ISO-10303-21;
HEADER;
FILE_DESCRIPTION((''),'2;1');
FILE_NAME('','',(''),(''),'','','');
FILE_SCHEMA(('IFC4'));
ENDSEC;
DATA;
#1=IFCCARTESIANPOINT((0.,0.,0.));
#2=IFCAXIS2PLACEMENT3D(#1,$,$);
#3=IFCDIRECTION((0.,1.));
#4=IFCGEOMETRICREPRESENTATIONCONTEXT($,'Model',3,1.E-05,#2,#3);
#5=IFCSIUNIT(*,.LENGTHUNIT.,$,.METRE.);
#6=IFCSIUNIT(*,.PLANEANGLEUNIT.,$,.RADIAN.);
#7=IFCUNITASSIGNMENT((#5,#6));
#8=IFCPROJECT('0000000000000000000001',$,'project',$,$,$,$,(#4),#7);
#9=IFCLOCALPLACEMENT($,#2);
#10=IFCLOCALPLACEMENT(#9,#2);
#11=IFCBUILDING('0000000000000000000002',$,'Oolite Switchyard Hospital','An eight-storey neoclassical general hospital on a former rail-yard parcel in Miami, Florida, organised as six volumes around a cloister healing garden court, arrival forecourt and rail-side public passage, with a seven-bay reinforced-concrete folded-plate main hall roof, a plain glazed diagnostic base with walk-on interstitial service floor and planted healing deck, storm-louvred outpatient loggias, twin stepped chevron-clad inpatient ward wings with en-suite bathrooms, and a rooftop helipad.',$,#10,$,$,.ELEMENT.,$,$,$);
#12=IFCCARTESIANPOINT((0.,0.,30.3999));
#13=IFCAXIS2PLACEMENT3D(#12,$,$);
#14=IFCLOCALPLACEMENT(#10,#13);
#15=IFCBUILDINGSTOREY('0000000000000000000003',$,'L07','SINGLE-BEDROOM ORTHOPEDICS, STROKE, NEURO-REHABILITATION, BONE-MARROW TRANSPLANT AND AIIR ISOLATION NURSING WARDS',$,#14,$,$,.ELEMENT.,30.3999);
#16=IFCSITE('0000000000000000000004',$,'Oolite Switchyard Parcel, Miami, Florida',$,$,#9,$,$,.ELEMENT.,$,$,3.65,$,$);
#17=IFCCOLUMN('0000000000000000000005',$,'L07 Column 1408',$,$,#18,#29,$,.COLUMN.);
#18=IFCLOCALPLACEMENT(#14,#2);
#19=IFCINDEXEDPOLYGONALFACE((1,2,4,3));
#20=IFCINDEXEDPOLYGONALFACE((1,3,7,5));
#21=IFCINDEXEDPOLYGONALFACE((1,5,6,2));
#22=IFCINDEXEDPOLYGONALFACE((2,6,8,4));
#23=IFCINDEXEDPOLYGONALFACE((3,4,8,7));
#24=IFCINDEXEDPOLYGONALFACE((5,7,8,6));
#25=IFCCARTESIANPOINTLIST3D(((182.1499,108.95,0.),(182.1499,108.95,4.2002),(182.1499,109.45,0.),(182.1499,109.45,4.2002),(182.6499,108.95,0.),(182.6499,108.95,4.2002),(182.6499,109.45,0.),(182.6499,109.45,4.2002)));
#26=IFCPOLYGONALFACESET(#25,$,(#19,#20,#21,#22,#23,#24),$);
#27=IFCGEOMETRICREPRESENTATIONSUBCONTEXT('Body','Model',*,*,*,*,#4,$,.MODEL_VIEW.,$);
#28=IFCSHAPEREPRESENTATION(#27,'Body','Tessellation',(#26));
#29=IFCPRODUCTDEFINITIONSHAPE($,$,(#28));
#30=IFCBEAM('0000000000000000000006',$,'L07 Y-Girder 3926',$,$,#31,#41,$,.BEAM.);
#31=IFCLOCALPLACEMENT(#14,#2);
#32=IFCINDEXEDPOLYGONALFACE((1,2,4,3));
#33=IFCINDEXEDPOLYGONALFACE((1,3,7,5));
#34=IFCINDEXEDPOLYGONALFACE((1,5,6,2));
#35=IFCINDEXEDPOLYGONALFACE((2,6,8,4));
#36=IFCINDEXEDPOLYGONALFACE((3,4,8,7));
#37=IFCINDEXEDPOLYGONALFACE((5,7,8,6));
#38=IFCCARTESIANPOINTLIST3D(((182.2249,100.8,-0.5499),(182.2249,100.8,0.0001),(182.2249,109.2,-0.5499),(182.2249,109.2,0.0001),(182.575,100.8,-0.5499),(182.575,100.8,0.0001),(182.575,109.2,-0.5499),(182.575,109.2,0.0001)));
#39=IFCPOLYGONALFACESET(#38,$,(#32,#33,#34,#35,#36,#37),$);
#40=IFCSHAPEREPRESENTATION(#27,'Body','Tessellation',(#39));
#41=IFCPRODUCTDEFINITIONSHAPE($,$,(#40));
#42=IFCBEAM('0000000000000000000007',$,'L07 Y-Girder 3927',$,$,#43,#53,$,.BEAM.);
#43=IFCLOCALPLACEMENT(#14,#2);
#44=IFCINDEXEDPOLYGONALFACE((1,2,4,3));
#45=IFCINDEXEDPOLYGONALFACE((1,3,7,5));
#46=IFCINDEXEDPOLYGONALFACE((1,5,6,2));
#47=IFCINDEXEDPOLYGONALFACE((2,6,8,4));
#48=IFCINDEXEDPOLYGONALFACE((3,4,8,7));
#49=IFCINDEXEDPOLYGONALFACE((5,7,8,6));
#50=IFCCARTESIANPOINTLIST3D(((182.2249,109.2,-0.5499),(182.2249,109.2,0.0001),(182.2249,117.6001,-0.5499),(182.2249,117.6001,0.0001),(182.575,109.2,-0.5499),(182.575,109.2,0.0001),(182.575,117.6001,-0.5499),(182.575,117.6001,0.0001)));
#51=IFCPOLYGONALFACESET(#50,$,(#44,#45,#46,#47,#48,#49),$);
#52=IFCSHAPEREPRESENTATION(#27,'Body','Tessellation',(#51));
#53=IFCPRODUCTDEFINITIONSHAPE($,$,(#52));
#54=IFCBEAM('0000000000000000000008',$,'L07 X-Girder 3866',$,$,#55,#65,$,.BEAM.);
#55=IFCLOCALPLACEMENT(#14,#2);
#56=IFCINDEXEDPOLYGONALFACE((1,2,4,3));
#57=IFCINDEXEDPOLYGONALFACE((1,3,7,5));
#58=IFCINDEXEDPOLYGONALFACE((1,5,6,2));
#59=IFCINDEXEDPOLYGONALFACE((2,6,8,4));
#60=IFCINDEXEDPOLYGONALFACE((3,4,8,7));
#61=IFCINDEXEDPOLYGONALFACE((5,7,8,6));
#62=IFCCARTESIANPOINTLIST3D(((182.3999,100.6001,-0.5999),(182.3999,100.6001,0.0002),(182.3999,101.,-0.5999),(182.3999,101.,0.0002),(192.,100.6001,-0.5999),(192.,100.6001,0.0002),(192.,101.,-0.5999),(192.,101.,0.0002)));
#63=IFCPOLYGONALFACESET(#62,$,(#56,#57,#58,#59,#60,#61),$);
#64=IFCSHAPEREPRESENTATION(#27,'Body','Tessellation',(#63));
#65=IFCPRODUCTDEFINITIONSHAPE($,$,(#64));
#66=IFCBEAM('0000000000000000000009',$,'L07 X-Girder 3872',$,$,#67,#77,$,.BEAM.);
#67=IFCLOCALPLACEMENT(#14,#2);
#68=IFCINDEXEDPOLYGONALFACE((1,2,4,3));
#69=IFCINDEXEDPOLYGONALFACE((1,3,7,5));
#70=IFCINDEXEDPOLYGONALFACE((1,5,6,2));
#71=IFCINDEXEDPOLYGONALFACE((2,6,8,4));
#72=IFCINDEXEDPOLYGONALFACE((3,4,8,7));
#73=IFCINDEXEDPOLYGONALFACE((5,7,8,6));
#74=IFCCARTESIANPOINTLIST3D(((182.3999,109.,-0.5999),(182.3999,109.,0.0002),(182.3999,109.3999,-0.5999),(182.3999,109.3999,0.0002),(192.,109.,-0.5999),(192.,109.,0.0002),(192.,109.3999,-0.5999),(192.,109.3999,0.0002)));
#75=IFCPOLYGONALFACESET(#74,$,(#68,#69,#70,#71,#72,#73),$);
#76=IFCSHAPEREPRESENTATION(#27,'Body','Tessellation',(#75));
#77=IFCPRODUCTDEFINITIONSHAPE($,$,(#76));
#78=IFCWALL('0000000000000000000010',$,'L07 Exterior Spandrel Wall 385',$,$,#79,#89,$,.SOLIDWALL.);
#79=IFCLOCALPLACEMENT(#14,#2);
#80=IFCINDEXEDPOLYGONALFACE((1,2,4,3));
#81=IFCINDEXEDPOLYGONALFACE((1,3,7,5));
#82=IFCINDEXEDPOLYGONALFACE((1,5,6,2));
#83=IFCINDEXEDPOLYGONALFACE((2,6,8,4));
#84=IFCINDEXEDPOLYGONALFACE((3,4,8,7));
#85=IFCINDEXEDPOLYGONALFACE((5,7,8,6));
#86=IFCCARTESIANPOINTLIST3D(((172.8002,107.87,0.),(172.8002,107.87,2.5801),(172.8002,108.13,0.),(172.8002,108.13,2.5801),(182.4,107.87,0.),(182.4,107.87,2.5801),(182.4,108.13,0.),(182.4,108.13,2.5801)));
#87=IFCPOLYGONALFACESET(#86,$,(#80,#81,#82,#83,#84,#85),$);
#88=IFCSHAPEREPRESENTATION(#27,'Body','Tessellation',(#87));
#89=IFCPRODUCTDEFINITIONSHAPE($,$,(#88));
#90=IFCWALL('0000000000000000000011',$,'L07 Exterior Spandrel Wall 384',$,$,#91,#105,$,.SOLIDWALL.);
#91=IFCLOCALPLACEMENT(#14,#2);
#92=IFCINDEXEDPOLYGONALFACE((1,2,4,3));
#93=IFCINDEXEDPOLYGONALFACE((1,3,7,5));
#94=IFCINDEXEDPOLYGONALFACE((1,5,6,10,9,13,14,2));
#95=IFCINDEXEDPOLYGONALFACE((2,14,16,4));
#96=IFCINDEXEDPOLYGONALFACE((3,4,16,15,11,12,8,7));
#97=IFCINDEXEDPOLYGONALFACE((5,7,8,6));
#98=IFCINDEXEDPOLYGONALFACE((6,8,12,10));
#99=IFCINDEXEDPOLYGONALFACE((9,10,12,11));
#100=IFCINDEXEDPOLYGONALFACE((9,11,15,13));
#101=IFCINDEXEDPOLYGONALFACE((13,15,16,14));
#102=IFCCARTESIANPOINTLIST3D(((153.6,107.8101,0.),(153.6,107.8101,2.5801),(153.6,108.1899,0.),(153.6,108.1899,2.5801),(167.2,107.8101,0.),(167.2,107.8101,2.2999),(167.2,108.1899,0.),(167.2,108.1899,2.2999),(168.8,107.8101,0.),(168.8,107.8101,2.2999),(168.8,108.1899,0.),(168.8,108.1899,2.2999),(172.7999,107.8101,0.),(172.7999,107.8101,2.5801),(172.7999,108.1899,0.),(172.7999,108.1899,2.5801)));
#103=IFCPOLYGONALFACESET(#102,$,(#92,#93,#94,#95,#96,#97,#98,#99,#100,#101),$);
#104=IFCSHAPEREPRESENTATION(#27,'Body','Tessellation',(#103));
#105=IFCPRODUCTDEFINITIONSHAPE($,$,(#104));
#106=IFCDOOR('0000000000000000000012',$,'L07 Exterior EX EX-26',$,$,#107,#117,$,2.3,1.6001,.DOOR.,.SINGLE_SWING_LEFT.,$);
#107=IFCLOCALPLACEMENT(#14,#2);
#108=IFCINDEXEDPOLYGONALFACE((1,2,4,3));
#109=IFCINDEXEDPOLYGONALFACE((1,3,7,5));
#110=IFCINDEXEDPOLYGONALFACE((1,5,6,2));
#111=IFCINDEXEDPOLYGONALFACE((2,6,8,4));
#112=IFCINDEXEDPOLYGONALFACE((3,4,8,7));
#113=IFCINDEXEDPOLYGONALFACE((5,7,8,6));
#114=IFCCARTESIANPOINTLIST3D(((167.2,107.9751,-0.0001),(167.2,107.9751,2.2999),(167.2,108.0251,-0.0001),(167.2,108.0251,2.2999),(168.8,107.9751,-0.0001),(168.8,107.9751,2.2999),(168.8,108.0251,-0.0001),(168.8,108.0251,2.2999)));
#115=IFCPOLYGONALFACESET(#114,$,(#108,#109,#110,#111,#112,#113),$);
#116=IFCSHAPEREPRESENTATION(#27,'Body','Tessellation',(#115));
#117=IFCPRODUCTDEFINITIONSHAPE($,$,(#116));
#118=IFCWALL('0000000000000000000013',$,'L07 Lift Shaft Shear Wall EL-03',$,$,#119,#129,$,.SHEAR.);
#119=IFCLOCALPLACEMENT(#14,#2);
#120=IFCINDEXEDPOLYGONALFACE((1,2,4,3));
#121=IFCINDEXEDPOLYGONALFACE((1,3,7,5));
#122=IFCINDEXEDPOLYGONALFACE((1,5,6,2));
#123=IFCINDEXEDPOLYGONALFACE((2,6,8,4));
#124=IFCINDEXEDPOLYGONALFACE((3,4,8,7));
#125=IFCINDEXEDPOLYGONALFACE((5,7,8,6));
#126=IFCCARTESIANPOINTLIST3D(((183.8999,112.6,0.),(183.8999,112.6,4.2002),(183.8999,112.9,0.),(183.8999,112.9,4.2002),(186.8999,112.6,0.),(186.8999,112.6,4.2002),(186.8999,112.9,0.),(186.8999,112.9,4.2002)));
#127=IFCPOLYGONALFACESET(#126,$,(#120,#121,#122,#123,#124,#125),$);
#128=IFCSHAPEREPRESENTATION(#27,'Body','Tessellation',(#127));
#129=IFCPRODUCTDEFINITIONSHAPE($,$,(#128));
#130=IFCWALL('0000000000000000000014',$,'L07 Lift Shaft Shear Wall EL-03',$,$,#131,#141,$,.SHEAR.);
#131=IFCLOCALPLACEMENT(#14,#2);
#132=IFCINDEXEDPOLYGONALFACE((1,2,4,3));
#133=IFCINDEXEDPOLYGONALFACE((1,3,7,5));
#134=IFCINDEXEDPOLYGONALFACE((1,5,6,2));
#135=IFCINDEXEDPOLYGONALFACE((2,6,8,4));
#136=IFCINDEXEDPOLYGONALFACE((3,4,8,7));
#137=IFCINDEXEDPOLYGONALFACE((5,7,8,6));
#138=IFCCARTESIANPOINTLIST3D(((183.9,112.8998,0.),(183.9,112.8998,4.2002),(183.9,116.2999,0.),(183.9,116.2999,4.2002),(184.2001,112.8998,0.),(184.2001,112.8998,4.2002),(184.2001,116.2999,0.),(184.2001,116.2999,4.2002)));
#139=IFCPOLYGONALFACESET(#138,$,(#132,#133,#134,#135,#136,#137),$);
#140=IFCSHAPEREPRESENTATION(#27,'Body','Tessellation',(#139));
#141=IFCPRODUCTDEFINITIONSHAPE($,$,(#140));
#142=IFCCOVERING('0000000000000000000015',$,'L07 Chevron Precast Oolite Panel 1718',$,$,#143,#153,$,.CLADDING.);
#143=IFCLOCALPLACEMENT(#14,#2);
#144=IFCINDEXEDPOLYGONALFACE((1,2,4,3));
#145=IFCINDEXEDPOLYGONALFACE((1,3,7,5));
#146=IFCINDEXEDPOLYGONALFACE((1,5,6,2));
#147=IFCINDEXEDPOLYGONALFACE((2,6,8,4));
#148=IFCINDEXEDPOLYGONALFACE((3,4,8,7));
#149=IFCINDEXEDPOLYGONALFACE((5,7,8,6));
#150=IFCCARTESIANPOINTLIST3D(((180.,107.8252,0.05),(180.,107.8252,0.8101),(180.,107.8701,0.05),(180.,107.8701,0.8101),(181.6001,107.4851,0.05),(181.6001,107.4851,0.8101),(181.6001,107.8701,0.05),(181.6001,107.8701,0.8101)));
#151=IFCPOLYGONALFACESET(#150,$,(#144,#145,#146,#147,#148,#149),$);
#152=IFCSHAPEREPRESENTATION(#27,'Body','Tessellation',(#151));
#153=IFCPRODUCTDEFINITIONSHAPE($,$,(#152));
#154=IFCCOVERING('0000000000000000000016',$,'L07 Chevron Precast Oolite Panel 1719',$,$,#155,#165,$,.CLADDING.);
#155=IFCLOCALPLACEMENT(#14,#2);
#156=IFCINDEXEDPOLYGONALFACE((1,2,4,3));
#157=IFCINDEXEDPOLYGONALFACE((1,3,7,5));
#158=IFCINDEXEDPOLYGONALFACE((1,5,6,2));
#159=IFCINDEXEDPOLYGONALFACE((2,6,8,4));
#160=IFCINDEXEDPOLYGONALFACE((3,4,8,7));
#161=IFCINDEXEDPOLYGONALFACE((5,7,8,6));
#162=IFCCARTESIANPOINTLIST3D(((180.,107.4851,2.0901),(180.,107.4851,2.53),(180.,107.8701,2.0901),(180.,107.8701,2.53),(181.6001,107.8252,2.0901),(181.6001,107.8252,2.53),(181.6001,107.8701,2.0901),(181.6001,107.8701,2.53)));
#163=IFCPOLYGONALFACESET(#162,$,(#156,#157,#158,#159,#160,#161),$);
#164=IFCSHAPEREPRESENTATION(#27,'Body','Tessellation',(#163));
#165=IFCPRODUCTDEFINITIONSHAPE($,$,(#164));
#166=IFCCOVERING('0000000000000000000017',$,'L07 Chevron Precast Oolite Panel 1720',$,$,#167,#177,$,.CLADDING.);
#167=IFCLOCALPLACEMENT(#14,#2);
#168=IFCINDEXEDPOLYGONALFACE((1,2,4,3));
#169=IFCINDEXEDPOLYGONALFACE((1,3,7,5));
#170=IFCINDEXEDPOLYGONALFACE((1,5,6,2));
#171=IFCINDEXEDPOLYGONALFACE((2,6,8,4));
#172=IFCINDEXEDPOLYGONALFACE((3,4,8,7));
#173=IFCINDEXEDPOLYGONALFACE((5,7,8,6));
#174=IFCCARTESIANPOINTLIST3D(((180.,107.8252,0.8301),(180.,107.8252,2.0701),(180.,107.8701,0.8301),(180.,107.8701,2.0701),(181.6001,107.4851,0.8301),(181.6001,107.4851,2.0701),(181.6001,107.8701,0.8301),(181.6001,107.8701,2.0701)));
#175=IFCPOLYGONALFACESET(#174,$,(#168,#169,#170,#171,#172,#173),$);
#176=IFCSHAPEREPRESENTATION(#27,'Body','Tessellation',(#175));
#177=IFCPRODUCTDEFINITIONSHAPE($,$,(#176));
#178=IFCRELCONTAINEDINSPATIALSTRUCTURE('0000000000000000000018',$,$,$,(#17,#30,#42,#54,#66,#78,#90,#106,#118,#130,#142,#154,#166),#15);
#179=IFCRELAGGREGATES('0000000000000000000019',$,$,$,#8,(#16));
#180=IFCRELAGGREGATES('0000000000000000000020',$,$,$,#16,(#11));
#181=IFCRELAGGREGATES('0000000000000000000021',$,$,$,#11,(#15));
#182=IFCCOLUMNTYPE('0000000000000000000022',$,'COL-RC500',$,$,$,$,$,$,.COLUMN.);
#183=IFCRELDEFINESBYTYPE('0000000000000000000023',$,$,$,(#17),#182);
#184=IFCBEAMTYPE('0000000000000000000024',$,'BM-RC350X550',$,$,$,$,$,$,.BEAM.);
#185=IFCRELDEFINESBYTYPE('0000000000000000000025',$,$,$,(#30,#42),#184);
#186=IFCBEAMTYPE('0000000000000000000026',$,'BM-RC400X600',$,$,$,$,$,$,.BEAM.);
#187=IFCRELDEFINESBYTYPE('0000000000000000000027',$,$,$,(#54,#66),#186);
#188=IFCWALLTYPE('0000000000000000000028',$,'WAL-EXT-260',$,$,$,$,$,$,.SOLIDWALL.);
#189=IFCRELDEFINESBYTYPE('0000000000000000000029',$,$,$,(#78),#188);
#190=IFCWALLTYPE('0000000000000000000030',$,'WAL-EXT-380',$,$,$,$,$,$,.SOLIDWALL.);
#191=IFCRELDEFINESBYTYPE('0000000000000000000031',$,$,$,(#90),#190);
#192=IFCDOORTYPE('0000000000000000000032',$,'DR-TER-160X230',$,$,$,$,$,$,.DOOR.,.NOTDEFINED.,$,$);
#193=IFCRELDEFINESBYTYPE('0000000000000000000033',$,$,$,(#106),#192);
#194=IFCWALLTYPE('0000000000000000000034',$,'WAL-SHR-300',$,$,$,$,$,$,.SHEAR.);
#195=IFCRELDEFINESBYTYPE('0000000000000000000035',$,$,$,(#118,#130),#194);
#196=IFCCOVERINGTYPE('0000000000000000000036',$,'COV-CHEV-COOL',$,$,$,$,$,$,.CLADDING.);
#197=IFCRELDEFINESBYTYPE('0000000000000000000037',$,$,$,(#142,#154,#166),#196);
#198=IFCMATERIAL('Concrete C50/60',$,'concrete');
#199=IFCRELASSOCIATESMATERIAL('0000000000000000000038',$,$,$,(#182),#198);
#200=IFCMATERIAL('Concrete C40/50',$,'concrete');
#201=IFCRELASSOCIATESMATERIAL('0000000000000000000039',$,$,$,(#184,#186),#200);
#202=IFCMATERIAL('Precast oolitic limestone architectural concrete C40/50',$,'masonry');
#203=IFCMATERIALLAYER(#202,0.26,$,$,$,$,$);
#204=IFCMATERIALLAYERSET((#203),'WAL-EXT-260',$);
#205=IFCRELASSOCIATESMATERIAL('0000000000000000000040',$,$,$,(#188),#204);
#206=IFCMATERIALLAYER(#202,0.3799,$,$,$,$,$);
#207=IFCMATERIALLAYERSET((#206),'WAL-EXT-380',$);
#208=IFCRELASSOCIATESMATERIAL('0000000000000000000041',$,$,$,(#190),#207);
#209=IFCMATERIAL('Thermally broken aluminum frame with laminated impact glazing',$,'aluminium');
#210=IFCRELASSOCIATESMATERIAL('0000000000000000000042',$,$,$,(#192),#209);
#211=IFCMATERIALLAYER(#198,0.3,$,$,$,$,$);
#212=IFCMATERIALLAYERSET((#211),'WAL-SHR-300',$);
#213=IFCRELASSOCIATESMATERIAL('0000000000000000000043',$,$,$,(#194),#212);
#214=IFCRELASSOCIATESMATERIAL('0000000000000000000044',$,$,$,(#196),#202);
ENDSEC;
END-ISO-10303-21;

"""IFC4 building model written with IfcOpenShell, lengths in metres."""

from ifc_helpers import new_model, si_unit, direction, frame, frame_2d, origin, origin_2d, place, context, subcontext, project, spatial, polyline, rectangle, outline, extrude, material, layer, layer_set, material_profile, profile_set, type_object, element, fill, save


model = new_model("IFC4")

# Units and contexts
model_context = context("Model", 3, precision=1e-05, world=origin(), true_north=direction((0.0, 1.0)))
body_context = subcontext(model_context, "Body", "Model", "MODEL_VIEW")
ifc_project = project(units=[si_unit("LENGTHUNIT", "METRE"), si_unit("PLANEANGLEUNIT", "RADIAN")], contexts=[model_context])

# Site, building, storey
site_placement = place(None, origin())
site = spatial("IfcSite", under=ifc_project, at=site_placement, Name="Oolite Switchyard Parcel, Miami, Florida", CompositionType="ELEMENT", RefElevation=3.65)
building_placement = place(site_placement, origin())
building = spatial("IfcBuilding", under=site, at=building_placement, Name="Oolite Switchyard Hospital", Description="An eight-storey neoclassical general hospital on a former rail-yard parcel in Miami, Florida, organised as six volumes around a cloister healing garden court, arrival forecourt and rail-side public passage, with a seven-bay reinforced-concrete folded-plate main hall roof, a plain glazed diagnostic base with walk-on interstitial service floor and planted healing deck, storm-louvred outpatient loggias, twin stepped chevron-clad inpatient ward wings with en-suite bathrooms, and a rooftop helipad.", CompositionType="ELEMENT")
storey_placement = place(building_placement, frame((0.0, 0.0, 30.3999)))
storey = spatial("IfcBuildingStorey", under=building, at=storey_placement, Name="L07", Description="SINGLE-BEDROOM ORTHOPEDICS, STROKE, NEURO-REHABILITATION, BONE-MARROW TRANSPLANT AND AIIR ISOLATION NURSING WARDS", CompositionType="ELEMENT", Elevation=30.3999)

# Column
ifc_material_1 = material(Name="Concrete C50/60", Category="concrete")
ifc_material_profile_1 = material_profile(ifc_material_1, rectangle(XDim=0.5, YDim=0.5, at=origin_2d()), Name="RC500X500")
ifc_profile_set_1 = profile_set([ifc_material_profile_1], Name="Concrete C50/60")
column_type = type_object("IfcColumnType", Name="COL-RC500", PredefinedType="COLUMN", material=ifc_profile_set_1)
column_placement = place(storey_placement, frame((182.3999, 109.2, 0.0), z_axis=(0.0, 0.0, 1.0), x_axis=(1.0, 0.0, 0.0)))
element("IfcColumn", 1, at=column_placement, inside=storey, type_object=column_type, Name="L07 Column 1408", PredefinedType="COLUMN", context=body_context, shape_type="SweptSolid", body=[
    extrude(rectangle(XDim=0.5, YDim=0.5, at=origin_2d()), origin(), (0.0, 0.0, 1.0), 4.2002),
])

# Beams
ifc_material_2 = material(Name="Concrete C40/50", Category="concrete")
ifc_material_profile_2 = material_profile(ifc_material_2, rectangle(XDim=0.3501, YDim=0.55, at=origin_2d()), Name="RCB350X550")
ifc_profile_set_2 = profile_set([ifc_material_profile_2], Name="Concrete C40/50")
beam_type_1 = type_object("IfcBeamType", Name="BM-RC350X550", PredefinedType="BEAM", material=ifc_profile_set_2)
beam_1_placement = place(storey_placement, frame((182.3999, 100.8, -0.2749), z_axis=(0.0, 1.0, 0.0), x_axis=(-1.0, 0.0, 0.0)))
element("IfcBeam", 2, at=beam_1_placement, inside=storey, type_object=beam_type_1, Name="L07 Y-Girder 3926", PredefinedType="BEAM", context=body_context, shape_type="SweptSolid", body=[
    extrude(rectangle(XDim=0.3501, YDim=0.55, at=origin_2d()), origin(), (0.0, 0.0, 1.0), 8.3999),
])
beam_2_placement = place(storey_placement, frame((182.3999, 109.2, -0.2749), z_axis=(0.0, 1.0, 0.0), x_axis=(-1.0, 0.0, 0.0)))
element("IfcBeam", 3, at=beam_2_placement, inside=storey, type_object=beam_type_1, Name="L07 Y-Girder 3927", PredefinedType="BEAM", context=body_context, shape_type="SweptSolid", body=[
    extrude(rectangle(XDim=0.3501, YDim=0.55, at=origin_2d()), origin(), (0.0, 0.0, 1.0), 8.4001),
])
ifc_material_profile_3 = material_profile(ifc_material_2, rectangle(XDim=0.3999, YDim=0.6001, at=origin_2d()), Name="RCB400X600")
ifc_profile_set_3 = profile_set([ifc_material_profile_3], Name="Concrete C40/50")
beam_type_2 = type_object("IfcBeamType", Name="BM-RC400X600", PredefinedType="BEAM", material=ifc_profile_set_3)
for number, where, z_axis, x_axis, name in (
    (4, (182.3999, 100.8, -0.2998), (1.0, 0.0, 0.0), (0.0, 1.0, 0.0), "L07 X-Girder 3866"),
    (5, (182.3999, 109.2, -0.2998), (1.0, 0.0, 0.0), (0.0, 1.0, 0.0), "L07 X-Girder 3872"),
):
    element("IfcBeam", number, at=place(storey_placement, frame(where, z_axis=z_axis, x_axis=x_axis)), inside=storey, type_object=beam_type_2, Name=name, PredefinedType="BEAM", context=body_context, shape_type="SweptSolid", body=[
        extrude(rectangle(XDim=0.3999, YDim=0.6001, at=origin_2d()), origin(), (0.0, 0.0, 1.0), 9.6001),
    ])

# Wall
ifc_material_3 = material(Name="Precast oolitic limestone architectural concrete C40/50", Category="masonry")
ifc_layer_1 = layer(ifc_material_3, 0.26)
ifc_layer_set_1 = layer_set([ifc_layer_1], Name="WAL-EXT-260")
wall_type_1 = type_object("IfcWallType", Name="WAL-EXT-260", PredefinedType="SOLIDWALL", material=ifc_layer_set_1)
wall_1_placement = place(storey_placement, frame((182.3999, 108.0, 0.0), z_axis=(0.0, 0.0, 1.0), x_axis=(-1.0, 0.0, 0.0)))
element("IfcWall", 6, at=wall_1_placement, inside=storey, type_object=wall_type_1, Name="L07 Exterior Spandrel Wall 385", PredefinedType="SOLIDWALL", context=body_context, shape_type="SweptSolid", body=[
    extrude(rectangle(XDim=9.5999, YDim=0.26, at=frame_2d((4.7998, 0.0))), origin(), (0.0, 0.0, 1.0), 2.5801),
])

# Wall, opening, door
ifc_layer_2 = layer(ifc_material_3, 0.3799)
ifc_layer_set_2 = layer_set([ifc_layer_2], Name="WAL-EXT-380")
wall_type_2 = type_object("IfcWallType", Name="WAL-EXT-380", PredefinedType="SOLIDWALL", material=ifc_layer_set_2)
wall_2_placement = place(storey_placement, frame((172.8, 108.0, 0.0), z_axis=(0.0, 0.0, 1.0), x_axis=(-1.0, 0.0, 0.0)))
wall_2 = element("IfcWall", 7, at=wall_2_placement, inside=storey, type_object=wall_type_2, Name="L07 Exterior Spandrel Wall 384", PredefinedType="SOLIDWALL", context=body_context, shape_type="SweptSolid", body=[
    extrude(rectangle(XDim=19.2, YDim=0.3799, at=frame_2d((9.6001, 0.0))), origin(), (0.0, 0.0, 1.0), 2.5801),
])
opening_placement = place(wall_2_placement, frame((4.0, 0.0, 0.0)))
opening = element("IfcOpeningElement", 8, at=opening_placement, cuts=wall_2, PredefinedType="OPENING", context=body_context, shape_type="SweptSolid", body=[
    extrude(rectangle(XDim=1.6001, YDim=2.3, at=frame_2d((0.8, 1.1499))), frame((0.0, 0.2, 0.0), z_axis=(0.0, -1.0, 0.0), x_axis=(1.0, 0.0, 0.0)), (0.0, 0.0, 1.0), 0.3999),
])
ifc_material_4 = material(Name="Thermally broken aluminum frame with laminated impact glazing", Category="aluminium")
door_type = type_object("IfcDoorType", Name="DR-TER-160X230", OperationType="NOTDEFINED", PredefinedType="DOOR", material=ifc_material_4)
door_placement = place(opening_placement, origin())
door = element("IfcDoor", 9, at=door_placement, inside=storey, type_object=door_type, Name="L07 Exterior EX EX-26", OperationType="SINGLE_SWING_LEFT", OverallHeight=2.3, OverallWidth=1.6001, PredefinedType="DOOR", context=body_context, shape_type="SweptSolid", body=[
    extrude(rectangle(XDim=1.6001, YDim=2.3, at=frame_2d((0.8, 1.1499))), frame((0.0, 0.0249, 0.0), z_axis=(0.0, -1.0, 0.0), x_axis=(1.0, 0.0, 0.0)), (0.0, 0.0, 1.0), 0.05),
])
fill(opening, door)

# Walls
ifc_layer_3 = layer(ifc_material_1, 0.3)
ifc_layer_set_3 = layer_set([ifc_layer_3], Name="WAL-SHR-300")
wall_type_3 = type_object("IfcWallType", Name="WAL-SHR-300", PredefinedType="SHEAR", material=ifc_layer_set_3)
wall_3_placement = place(storey_placement, frame((183.8999, 112.75, 0.0), z_axis=(0.0, 0.0, 1.0), x_axis=(1.0, 0.0, 0.0)))
element("IfcWall", 10, at=wall_3_placement, inside=storey, type_object=wall_type_3, Name="L07 Lift Shaft Shear Wall EL-03", PredefinedType="SHEAR", context=body_context, shape_type="SweptSolid", body=[
    extrude(rectangle(XDim=3.0, YDim=0.3, at=frame_2d((1.5, 0.0))), origin(), (0.0, 0.0, 1.0), 4.2002),
])
wall_4_placement = place(storey_placement, frame((184.05, 116.3, 0.0), z_axis=(0.0, 0.0, 1.0), x_axis=(0.0, -1.0, 0.0)))
element("IfcWall", 11, at=wall_4_placement, inside=storey, type_object=wall_type_3, Name="L07 Lift Shaft Shear Wall EL-03", PredefinedType="SHEAR", context=body_context, shape_type="SweptSolid", body=[
    extrude(rectangle(XDim=3.4001, YDim=0.3, at=frame_2d((1.7002, 0.0))), origin(), (0.0, 0.0, 1.0), 4.2002),
])

# Coverings
covering_type = type_object("IfcCoveringType", Name="COV-CHEV-COOL", PredefinedType="CLADDING", material=ifc_material_3)
covering_1_placement = place(storey_placement, frame((181.6001, 107.8701, 0.05), z_axis=(0.0, 0.0, 1.0), x_axis=(-1.0, 0.0, 0.0)))
element("IfcCovering", 12, at=covering_1_placement, inside=storey, type_object=covering_type, Name="L07 Chevron Precast Oolite Panel 1718", PredefinedType="CLADDING", context=body_context, shape_type="SweptSolid", body=[
    extrude(outline(polyline([(0.0, 0.0), (1.6001, 0.0), (1.6001, 0.0449), (0.0, 0.385), (0.0, 0.0)])), origin(), (0.0, 0.0, 1.0), 0.76),
])
covering_2_placement = place(storey_placement, frame((181.6001, 107.8701, 2.0901), z_axis=(0.0, 0.0, 1.0), x_axis=(-1.0, 0.0, 0.0)))
element("IfcCovering", 13, at=covering_2_placement, inside=storey, type_object=covering_type, Name="L07 Chevron Precast Oolite Panel 1719", PredefinedType="CLADDING", context=body_context, shape_type="SweptSolid", body=[
    extrude(outline(polyline([(0.0, 0.0), (1.6001, 0.0), (1.6001, 0.385), (0.0, 0.0449), (0.0, 0.0)])), origin(), (0.0, 0.0, 1.0), 0.4399),
])
covering_3_placement = place(storey_placement, frame((181.6001, 107.8701, 0.8301), z_axis=(0.0, 0.0, 1.0), x_axis=(-1.0, 0.0, 0.0)))
element("IfcCovering", 14, at=covering_3_placement, inside=storey, type_object=covering_type, Name="L07 Chevron Precast Oolite Panel 1720", PredefinedType="CLADDING", context=body_context, shape_type="SweptSolid", body=[
    extrude(outline(polyline([(0.0, 0.0), (1.6001, 0.0), (1.6001, 0.0449), (0.0, 0.385), (0.0, 0.0)])), origin(), (0.0, 0.0, 1.0), 1.24),
])

save(model, "model.ifc")
